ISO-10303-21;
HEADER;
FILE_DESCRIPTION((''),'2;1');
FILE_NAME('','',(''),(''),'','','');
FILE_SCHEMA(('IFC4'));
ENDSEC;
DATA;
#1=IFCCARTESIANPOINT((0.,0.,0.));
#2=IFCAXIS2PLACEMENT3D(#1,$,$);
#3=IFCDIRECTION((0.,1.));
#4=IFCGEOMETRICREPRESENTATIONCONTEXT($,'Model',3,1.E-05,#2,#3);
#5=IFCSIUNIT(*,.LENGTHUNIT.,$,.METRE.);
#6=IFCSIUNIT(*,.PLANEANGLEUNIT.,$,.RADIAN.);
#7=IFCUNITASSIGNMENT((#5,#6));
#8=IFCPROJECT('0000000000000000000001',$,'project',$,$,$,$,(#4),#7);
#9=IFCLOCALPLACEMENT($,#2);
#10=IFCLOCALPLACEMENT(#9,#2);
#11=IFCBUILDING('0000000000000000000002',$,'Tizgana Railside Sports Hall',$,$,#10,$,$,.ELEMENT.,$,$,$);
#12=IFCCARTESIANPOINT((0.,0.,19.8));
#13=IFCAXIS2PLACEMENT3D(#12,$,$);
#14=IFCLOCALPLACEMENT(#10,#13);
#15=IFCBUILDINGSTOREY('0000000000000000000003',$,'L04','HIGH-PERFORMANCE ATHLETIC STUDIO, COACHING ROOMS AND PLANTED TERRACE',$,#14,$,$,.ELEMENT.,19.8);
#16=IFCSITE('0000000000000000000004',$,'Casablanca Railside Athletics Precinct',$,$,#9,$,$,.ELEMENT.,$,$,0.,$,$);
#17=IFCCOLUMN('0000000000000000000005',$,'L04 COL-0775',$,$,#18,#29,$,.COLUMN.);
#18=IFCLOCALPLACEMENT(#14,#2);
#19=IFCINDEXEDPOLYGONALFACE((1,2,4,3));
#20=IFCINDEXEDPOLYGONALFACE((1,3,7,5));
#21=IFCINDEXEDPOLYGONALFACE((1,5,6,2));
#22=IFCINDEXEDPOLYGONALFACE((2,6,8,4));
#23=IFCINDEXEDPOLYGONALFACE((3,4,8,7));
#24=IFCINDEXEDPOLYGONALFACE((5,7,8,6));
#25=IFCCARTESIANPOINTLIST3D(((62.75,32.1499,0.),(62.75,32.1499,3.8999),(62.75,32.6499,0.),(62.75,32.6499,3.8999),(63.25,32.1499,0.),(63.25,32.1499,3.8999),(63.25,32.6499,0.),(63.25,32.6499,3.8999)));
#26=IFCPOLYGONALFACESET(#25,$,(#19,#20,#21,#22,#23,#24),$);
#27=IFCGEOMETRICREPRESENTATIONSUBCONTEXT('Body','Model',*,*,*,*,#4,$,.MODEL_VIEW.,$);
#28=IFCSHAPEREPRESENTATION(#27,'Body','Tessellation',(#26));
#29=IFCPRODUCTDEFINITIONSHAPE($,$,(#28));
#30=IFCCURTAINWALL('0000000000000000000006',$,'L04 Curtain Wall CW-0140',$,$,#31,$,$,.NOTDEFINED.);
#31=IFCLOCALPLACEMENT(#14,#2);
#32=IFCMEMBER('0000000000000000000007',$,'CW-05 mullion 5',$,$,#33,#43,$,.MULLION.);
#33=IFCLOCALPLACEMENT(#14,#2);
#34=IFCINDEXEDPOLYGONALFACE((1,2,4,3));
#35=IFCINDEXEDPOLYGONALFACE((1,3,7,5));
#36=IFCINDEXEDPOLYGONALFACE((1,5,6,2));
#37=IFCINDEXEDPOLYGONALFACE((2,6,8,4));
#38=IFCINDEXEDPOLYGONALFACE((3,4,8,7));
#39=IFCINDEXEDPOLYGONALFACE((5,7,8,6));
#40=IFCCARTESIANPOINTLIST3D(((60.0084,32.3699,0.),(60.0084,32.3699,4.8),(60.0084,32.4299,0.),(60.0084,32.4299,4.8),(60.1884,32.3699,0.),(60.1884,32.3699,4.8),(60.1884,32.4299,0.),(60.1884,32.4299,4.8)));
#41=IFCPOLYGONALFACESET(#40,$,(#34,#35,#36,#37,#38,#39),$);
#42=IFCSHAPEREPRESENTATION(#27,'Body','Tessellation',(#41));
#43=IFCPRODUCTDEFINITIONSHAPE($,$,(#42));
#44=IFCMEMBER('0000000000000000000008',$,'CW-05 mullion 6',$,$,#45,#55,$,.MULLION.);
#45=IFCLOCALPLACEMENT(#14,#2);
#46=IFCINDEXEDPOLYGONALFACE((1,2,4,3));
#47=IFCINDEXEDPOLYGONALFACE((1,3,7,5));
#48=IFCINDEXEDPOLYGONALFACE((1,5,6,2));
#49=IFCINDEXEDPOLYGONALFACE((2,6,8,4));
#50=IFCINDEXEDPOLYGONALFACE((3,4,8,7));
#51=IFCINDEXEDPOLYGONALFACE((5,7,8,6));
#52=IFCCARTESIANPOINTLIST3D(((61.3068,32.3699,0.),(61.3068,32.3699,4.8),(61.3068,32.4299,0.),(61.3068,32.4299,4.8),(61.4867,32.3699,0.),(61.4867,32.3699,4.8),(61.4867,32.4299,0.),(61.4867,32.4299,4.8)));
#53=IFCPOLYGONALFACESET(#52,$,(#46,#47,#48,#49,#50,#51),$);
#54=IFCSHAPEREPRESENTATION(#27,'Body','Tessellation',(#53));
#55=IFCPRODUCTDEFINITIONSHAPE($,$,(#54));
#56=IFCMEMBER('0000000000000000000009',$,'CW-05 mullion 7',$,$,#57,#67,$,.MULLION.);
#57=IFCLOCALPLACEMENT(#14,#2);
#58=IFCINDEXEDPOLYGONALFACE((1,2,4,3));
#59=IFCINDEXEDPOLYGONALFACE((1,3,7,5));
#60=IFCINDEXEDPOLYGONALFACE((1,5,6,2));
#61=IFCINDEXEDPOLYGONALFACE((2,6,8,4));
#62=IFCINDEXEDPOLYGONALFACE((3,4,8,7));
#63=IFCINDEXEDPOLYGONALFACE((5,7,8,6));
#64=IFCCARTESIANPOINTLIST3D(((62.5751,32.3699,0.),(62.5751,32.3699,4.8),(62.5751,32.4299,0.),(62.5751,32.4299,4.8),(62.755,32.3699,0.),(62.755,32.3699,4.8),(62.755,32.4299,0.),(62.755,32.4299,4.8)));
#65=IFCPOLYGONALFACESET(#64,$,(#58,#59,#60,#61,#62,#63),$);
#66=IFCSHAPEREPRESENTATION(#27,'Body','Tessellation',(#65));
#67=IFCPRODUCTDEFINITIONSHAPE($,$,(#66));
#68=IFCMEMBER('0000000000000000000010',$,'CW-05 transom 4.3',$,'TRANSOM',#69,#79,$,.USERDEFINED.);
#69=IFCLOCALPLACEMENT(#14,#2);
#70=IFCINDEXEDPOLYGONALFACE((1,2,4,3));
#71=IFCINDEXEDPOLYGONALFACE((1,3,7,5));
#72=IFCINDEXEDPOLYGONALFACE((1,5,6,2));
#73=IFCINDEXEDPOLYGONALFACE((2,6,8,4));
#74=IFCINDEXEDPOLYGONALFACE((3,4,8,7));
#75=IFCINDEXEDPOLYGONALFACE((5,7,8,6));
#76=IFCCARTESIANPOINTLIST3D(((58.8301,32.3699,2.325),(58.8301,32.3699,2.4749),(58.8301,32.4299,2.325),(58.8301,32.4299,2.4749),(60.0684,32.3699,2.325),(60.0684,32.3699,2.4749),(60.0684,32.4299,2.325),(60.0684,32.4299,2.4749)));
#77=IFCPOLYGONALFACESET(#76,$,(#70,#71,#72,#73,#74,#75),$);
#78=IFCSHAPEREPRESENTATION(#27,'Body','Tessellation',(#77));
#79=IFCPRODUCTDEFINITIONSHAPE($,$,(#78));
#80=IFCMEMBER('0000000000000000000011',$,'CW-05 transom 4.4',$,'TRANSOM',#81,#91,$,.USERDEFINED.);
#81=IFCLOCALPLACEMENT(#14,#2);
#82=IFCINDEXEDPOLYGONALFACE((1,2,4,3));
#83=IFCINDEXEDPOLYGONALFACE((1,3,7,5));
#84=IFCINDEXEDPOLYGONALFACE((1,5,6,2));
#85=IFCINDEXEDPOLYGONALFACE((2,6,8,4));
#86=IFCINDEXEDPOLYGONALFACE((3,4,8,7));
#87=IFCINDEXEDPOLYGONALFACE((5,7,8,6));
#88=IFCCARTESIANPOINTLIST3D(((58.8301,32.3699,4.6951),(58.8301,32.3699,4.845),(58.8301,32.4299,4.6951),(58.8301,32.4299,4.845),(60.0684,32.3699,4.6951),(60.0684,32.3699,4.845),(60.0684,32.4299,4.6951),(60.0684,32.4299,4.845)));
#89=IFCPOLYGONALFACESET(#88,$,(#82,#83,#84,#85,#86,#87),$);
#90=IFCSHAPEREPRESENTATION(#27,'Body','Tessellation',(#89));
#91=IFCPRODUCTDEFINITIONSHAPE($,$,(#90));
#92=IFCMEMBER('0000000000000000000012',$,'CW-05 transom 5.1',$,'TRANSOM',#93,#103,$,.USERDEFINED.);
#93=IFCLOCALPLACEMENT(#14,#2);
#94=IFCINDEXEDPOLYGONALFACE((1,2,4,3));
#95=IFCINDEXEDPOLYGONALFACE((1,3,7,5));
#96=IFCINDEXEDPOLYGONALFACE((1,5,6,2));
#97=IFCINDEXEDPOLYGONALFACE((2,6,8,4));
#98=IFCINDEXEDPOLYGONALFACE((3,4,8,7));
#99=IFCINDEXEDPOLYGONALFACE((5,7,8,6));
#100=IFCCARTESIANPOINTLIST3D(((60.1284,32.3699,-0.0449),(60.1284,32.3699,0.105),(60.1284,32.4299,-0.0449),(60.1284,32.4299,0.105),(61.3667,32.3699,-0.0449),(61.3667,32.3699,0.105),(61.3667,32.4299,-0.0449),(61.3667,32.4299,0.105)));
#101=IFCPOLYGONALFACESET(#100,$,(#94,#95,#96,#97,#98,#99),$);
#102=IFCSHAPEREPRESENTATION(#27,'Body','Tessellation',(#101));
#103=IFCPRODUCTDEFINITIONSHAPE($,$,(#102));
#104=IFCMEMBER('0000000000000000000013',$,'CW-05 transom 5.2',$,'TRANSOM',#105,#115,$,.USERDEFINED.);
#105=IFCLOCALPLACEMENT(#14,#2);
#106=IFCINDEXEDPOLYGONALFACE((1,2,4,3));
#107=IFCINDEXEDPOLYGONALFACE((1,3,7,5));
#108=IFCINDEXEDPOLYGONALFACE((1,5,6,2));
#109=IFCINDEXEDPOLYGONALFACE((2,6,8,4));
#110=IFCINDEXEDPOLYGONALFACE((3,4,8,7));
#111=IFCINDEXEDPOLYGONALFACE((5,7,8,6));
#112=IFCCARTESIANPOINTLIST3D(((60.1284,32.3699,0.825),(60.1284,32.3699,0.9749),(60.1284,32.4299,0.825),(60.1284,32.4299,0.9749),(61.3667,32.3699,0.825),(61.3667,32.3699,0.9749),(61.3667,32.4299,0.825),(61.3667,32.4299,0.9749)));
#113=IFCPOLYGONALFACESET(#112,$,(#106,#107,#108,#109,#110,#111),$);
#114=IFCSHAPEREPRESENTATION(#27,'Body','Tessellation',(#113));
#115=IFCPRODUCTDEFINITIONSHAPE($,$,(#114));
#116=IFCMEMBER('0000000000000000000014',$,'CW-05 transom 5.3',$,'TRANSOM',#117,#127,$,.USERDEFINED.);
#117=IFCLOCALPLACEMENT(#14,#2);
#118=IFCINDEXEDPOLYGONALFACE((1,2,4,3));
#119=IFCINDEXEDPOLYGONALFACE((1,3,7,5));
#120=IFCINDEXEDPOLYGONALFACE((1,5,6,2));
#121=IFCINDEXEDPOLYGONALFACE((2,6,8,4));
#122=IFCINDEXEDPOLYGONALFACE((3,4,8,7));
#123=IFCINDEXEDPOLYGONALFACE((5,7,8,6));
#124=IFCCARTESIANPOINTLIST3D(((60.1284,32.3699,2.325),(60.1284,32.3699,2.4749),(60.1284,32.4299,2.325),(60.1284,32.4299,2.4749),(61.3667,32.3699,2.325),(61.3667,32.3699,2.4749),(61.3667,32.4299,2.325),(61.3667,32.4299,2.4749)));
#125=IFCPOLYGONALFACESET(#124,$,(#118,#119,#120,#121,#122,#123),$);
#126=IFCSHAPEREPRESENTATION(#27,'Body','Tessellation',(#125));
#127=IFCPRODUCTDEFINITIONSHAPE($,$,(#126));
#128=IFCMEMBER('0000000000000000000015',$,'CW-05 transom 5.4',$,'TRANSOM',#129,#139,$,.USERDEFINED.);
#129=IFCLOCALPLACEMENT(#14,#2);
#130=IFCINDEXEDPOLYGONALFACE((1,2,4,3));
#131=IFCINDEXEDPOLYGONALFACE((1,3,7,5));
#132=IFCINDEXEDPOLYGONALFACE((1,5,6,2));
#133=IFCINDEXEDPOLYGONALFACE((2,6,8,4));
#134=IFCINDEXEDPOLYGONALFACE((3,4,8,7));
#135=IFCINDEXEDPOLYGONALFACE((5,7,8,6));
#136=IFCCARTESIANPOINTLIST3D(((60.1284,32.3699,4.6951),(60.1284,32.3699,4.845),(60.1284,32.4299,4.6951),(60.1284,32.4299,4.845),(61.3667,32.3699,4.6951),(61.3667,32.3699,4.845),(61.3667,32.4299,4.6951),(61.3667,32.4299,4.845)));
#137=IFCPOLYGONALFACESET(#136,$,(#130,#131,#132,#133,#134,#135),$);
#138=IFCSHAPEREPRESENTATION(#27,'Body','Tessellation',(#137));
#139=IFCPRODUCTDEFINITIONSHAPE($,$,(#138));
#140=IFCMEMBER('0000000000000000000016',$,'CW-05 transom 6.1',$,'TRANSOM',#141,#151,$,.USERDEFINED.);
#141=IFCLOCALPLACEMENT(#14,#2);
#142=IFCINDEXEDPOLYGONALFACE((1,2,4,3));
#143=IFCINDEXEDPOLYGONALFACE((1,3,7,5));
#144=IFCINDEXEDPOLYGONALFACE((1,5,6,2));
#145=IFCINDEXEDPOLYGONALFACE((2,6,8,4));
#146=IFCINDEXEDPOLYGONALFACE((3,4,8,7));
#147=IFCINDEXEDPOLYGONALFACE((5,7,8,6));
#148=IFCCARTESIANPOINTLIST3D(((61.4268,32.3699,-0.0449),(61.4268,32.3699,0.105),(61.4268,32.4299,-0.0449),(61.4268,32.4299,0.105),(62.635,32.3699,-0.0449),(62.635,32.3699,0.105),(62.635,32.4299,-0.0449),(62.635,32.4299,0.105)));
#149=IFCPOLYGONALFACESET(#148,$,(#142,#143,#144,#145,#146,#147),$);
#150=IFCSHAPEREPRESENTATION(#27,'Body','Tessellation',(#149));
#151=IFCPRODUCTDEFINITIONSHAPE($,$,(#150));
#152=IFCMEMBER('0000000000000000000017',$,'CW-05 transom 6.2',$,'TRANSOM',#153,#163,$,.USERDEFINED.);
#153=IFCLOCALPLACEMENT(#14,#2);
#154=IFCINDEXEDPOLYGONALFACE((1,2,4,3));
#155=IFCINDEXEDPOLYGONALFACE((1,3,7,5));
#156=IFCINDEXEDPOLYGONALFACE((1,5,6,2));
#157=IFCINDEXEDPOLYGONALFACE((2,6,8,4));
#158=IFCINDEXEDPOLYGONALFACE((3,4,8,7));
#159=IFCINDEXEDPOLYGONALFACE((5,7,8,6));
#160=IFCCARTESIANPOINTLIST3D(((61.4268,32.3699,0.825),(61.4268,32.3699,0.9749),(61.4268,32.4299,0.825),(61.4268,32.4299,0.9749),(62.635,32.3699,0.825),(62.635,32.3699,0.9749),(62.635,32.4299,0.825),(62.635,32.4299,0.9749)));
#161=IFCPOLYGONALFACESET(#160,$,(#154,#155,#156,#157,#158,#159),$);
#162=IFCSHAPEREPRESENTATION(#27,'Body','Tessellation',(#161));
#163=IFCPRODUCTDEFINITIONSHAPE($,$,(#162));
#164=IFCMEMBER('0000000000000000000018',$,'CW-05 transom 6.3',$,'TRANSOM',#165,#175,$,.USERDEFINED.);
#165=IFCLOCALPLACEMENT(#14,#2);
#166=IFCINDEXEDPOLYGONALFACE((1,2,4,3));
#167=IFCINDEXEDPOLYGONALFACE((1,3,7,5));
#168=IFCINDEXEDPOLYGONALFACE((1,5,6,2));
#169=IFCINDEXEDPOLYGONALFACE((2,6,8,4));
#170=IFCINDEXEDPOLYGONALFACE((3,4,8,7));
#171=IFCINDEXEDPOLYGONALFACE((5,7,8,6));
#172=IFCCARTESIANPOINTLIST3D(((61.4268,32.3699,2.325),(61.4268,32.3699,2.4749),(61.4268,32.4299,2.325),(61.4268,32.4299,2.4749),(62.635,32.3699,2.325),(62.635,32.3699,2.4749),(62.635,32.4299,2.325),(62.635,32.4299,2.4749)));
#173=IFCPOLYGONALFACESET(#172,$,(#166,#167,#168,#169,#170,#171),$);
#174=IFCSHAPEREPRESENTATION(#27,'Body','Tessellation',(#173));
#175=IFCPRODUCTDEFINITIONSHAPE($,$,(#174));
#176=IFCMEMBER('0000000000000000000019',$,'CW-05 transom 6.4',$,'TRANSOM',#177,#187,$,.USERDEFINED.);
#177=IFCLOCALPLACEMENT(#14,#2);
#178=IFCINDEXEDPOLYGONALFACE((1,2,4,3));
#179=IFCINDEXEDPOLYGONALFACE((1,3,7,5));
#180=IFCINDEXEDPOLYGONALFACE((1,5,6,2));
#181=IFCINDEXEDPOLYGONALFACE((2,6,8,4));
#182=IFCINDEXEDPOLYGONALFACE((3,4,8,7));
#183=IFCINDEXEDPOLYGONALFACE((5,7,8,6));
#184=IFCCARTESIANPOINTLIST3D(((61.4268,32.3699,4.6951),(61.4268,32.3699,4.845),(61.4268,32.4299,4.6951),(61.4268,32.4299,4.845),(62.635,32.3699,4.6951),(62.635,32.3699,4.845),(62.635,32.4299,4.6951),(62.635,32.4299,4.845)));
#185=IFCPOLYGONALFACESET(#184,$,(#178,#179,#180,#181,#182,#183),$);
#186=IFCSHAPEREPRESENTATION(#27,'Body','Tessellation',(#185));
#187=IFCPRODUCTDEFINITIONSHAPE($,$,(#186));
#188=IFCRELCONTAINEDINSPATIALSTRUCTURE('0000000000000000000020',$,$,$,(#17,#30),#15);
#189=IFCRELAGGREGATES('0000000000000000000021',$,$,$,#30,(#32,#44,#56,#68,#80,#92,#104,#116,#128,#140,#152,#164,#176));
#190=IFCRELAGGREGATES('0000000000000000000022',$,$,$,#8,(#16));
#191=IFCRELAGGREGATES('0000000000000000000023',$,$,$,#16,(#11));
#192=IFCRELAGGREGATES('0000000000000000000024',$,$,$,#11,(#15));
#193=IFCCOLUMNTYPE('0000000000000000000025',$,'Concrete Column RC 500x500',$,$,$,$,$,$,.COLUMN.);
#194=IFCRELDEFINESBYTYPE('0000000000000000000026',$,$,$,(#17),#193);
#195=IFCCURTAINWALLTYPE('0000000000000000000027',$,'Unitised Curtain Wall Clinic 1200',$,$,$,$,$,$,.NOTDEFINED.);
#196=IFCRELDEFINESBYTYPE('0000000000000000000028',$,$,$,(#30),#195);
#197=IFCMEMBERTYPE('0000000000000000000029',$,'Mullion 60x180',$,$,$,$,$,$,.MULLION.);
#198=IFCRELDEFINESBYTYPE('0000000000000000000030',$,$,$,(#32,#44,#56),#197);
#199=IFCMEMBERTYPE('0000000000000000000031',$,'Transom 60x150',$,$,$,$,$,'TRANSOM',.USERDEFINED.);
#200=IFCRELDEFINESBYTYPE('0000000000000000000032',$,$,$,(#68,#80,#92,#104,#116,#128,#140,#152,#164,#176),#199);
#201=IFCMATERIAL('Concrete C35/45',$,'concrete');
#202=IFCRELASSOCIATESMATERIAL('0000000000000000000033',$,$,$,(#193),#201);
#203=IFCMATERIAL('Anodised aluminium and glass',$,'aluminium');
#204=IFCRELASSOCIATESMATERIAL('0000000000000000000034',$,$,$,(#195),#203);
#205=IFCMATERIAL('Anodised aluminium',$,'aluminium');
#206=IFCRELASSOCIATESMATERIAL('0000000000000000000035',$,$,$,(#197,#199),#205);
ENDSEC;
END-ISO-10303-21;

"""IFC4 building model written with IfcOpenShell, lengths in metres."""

from ifc_helpers import new_model, si_unit, direction, frame, origin, origin_2d, place, context, subcontext, project, spatial, rectangle, extrude, material, material_profile, profile_set, type_object, element, aggregate, save


model = new_model("IFC4")

# Units and contexts
model_context = context("Model", 3, precision=1e-05, world=origin(), true_north=direction((0.0, 1.0)))
body_context = subcontext(model_context, "Body", "Model", "MODEL_VIEW")
ifc_project = project(units=[si_unit("LENGTHUNIT", "METRE"), si_unit("PLANEANGLEUNIT", "RADIAN")], contexts=[model_context])

# Site, building, storey
site_placement = place(None, origin())
site = spatial("IfcSite", under=ifc_project, at=site_placement, Name="Casablanca Railside Athletics Precinct", CompositionType="ELEMENT", RefElevation=0.0)
building_placement = place(site_placement, origin())
building = spatial("IfcBuilding", under=site, at=building_placement, Name="Tizgana Railside Sports Hall", CompositionType="ELEMENT")
storey_placement = place(building_placement, frame((0.0, 0.0, 19.8)))
storey = spatial("IfcBuildingStorey", under=building, at=storey_placement, Name="L04", Description="HIGH-PERFORMANCE ATHLETIC STUDIO, COACHING ROOMS AND PLANTED TERRACE", CompositionType="ELEMENT", Elevation=19.8)

# Column
ifc_material_1 = material(Name="Concrete C35/45", Category="concrete")
ifc_material_profile_1 = material_profile(ifc_material_1, rectangle(XDim=0.5, YDim=0.5, at=origin_2d()), Name="RC 500x500")
ifc_profile_set_1 = profile_set([ifc_material_profile_1], Name="Concrete C35/45")
column_type = type_object("IfcColumnType", Name="Concrete Column RC 500x500", PredefinedType="COLUMN", material=ifc_profile_set_1)
column_placement = place(storey_placement, frame((63.0, 32.3999, 0.0), z_axis=(0.0, 0.0, 1.0), x_axis=(1.0, 0.0, 0.0)))
element("IfcColumn", 1, at=column_placement, inside=storey, type_object=column_type, Name="L04 COL-0775", PredefinedType="COLUMN", context=body_context, shape_type="SweptSolid", body=[
    extrude(rectangle(XDim=0.5, YDim=0.5, at=origin_2d()), origin(), (0.0, 0.0, 1.0), 3.8999),
])

# Curtain wall, members
ifc_material_2 = material(Name="Anodised aluminium and glass", Category="aluminium")
curtain_wall_type = type_object("IfcCurtainWallType", Name="Unitised Curtain Wall Clinic 1200", PredefinedType="NOTDEFINED", material=ifc_material_2)
curtain_wall_placement = place(storey_placement, origin())
curtain_wall = element("IfcCurtainWall", 2, at=curtain_wall_placement, inside=storey, type_object=curtain_wall_type, Name="L04 Curtain Wall CW-0140", PredefinedType="NOTDEFINED")
ifc_material_3 = material(Name="Anodised aluminium", Category="aluminium")
ifc_material_profile_2 = material_profile(ifc_material_3, rectangle(XDim=0.0601, YDim=0.1799, at=origin_2d()), Name="Mullion 60x180")
ifc_profile_set_2 = profile_set([ifc_material_profile_2], Name="Anodised aluminium")
member_type_1 = type_object("IfcMemberType", Name="Mullion 60x180", PredefinedType="MULLION", material=ifc_profile_set_2)
member_1_placement = place(storey_placement, frame((60.0984, 32.3999, 0.0), z_axis=(0.0, 0.0, 1.0), x_axis=(0.0, 1.0, 0.0)))
member_1 = element("IfcMember", 3, at=member_1_placement, type_object=member_type_1, Name="CW-05 mullion 5", PredefinedType="MULLION", context=body_context, shape_type="SweptSolid", body=[
    extrude(rectangle(XDim=0.0601, YDim=0.1799, at=origin_2d()), origin(), (0.0, 0.0, 1.0), 4.8),
])
member_2_placement = place(storey_placement, frame((61.3967, 32.3999, 0.0), z_axis=(0.0, 0.0, 1.0), x_axis=(0.0, 1.0, 0.0)))
member_2 = element("IfcMember", 4, at=member_2_placement, type_object=member_type_1, Name="CW-05 mullion 6", PredefinedType="MULLION", context=body_context, shape_type="SweptSolid", body=[
    extrude(rectangle(XDim=0.0601, YDim=0.1799, at=origin_2d()), origin(), (0.0, 0.0, 1.0), 4.8),
])
member_3_placement = place(storey_placement, frame((62.665, 32.3999, 0.0), z_axis=(0.0, 0.0, 1.0), x_axis=(0.0, 1.0, 0.0)))
member_3 = element("IfcMember", 5, at=member_3_placement, type_object=member_type_1, Name="CW-05 mullion 7", PredefinedType="MULLION", context=body_context, shape_type="SweptSolid", body=[
    extrude(rectangle(XDim=0.0601, YDim=0.1799, at=origin_2d()), origin(), (0.0, 0.0, 1.0), 4.8),
])
ifc_material_profile_3 = material_profile(ifc_material_3, rectangle(XDim=0.0601, YDim=0.1499, at=origin_2d()), Name="Transom 60x150")
ifc_profile_set_3 = profile_set([ifc_material_profile_3], Name="Anodised aluminium")
member_type_2 = type_object("IfcMemberType", Name="Transom 60x150", ElementType="TRANSOM", PredefinedType="USERDEFINED", material=ifc_profile_set_3)
member_4_placement = place(storey_placement, frame((58.8301, 32.3999, 2.3999), z_axis=(1.0, 0.0, 0.0), x_axis=(0.0, 1.0, 0.0)))
member_4 = element("IfcMember", 6, at=member_4_placement, type_object=member_type_2, Name="CW-05 transom 4.3", ObjectType="TRANSOM", PredefinedType="USERDEFINED", context=body_context, shape_type="SweptSolid", body=[
    extrude(rectangle(XDim=0.0601, YDim=0.1499, at=origin_2d()), origin(), (0.0, 0.0, 1.0), 1.2383),
])
member_5_placement = place(storey_placement, frame((58.8301, 32.3999, 4.77), z_axis=(1.0, 0.0, 0.0), x_axis=(0.0, 1.0, 0.0)))
member_5 = element("IfcMember", 7, at=member_5_placement, type_object=member_type_2, Name="CW-05 transom 4.4", ObjectType="TRANSOM", PredefinedType="USERDEFINED", context=body_context, shape_type="SweptSolid", body=[
    extrude(rectangle(XDim=0.0601, YDim=0.1499, at=origin_2d()), origin(), (0.0, 0.0, 1.0), 1.2383),
])
member_6_placement = place(storey_placement, frame((60.1284, 32.3999, 0.03), z_axis=(1.0, 0.0, 0.0), x_axis=(0.0, 1.0, 0.0)))
member_6 = element("IfcMember", 8, at=member_6_placement, type_object=member_type_2, Name="CW-05 transom 5.1", ObjectType="TRANSOM", PredefinedType="USERDEFINED", context=body_context, shape_type="SweptSolid", body=[
    extrude(rectangle(XDim=0.0601, YDim=0.1499, at=origin_2d()), origin(), (0.0, 0.0, 1.0), 1.2383),
])
member_7_placement = place(storey_placement, frame((60.1284, 32.3999, 0.8999), z_axis=(1.0, 0.0, 0.0), x_axis=(0.0, 1.0, 0.0)))
member_7 = element("IfcMember", 9, at=member_7_placement, type_object=member_type_2, Name="CW-05 transom 5.2", ObjectType="TRANSOM", PredefinedType="USERDEFINED", context=body_context, shape_type="SweptSolid", body=[
    extrude(rectangle(XDim=0.0601, YDim=0.1499, at=origin_2d()), origin(), (0.0, 0.0, 1.0), 1.2383),
])
member_8_placement = place(storey_placement, frame((60.1284, 32.3999, 2.3999), z_axis=(1.0, 0.0, 0.0), x_axis=(0.0, 1.0, 0.0)))
member_8 = element("IfcMember", 10, at=member_8_placement, type_object=member_type_2, Name="CW-05 transom 5.3", ObjectType="TRANSOM", PredefinedType="USERDEFINED", context=body_context, shape_type="SweptSolid", body=[
    extrude(rectangle(XDim=0.0601, YDim=0.1499, at=origin_2d()), origin(), (0.0, 0.0, 1.0), 1.2383),
])
member_9_placement = place(storey_placement, frame((60.1284, 32.3999, 4.77), z_axis=(1.0, 0.0, 0.0), x_axis=(0.0, 1.0, 0.0)))
member_9 = element("IfcMember", 11, at=member_9_placement, type_object=member_type_2, Name="CW-05 transom 5.4", ObjectType="TRANSOM", PredefinedType="USERDEFINED", context=body_context, shape_type="SweptSolid", body=[
    extrude(rectangle(XDim=0.0601, YDim=0.1499, at=origin_2d()), origin(), (0.0, 0.0, 1.0), 1.2383),
])
member_10_placement = place(storey_placement, frame((61.4268, 32.3999, 0.03), z_axis=(1.0, 0.0, 0.0), x_axis=(0.0, 1.0, 0.0)))
member_10 = element("IfcMember", 12, at=member_10_placement, type_object=member_type_2, Name="CW-05 transom 6.1", ObjectType="TRANSOM", PredefinedType="USERDEFINED", context=body_context, shape_type="SweptSolid", body=[
    extrude(rectangle(XDim=0.0601, YDim=0.1499, at=origin_2d()), origin(), (0.0, 0.0, 1.0), 1.2083),
])
member_11_placement = place(storey_placement, frame((61.4268, 32.3999, 0.8999), z_axis=(1.0, 0.0, 0.0), x_axis=(0.0, 1.0, 0.0)))
member_11 = element("IfcMember", 13, at=member_11_placement, type_object=member_type_2, Name="CW-05 transom 6.2", ObjectType="TRANSOM", PredefinedType="USERDEFINED", context=body_context, shape_type="SweptSolid", body=[
    extrude(rectangle(XDim=0.0601, YDim=0.1499, at=origin_2d()), origin(), (0.0, 0.0, 1.0), 1.2083),
])
member_12_placement = place(storey_placement, frame((61.4268, 32.3999, 2.3999), z_axis=(1.0, 0.0, 0.0), x_axis=(0.0, 1.0, 0.0)))
member_12 = element("IfcMember", 14, at=member_12_placement, type_object=member_type_2, Name="CW-05 transom 6.3", ObjectType="TRANSOM", PredefinedType="USERDEFINED", context=body_context, shape_type="SweptSolid", body=[
    extrude(rectangle(XDim=0.0601, YDim=0.1499, at=origin_2d()), origin(), (0.0, 0.0, 1.0), 1.2083),
])
member_13_placement = place(storey_placement, frame((61.4268, 32.3999, 4.77), z_axis=(1.0, 0.0, 0.0), x_axis=(0.0, 1.0, 0.0)))
member_13 = element("IfcMember", 15, at=member_13_placement, type_object=member_type_2, Name="CW-05 transom 6.4", ObjectType="TRANSOM", PredefinedType="USERDEFINED", context=body_context, shape_type="SweptSolid", body=[
    extrude(rectangle(XDim=0.0601, YDim=0.1499, at=origin_2d()), origin(), (0.0, 0.0, 1.0), 1.2083),
])
aggregate(curtain_wall, [member_1, member_2, member_3, member_4, member_5, member_6, member_7, member_8, member_9, member_10, member_11, member_12, member_13])

save(model, "model.ifc")
